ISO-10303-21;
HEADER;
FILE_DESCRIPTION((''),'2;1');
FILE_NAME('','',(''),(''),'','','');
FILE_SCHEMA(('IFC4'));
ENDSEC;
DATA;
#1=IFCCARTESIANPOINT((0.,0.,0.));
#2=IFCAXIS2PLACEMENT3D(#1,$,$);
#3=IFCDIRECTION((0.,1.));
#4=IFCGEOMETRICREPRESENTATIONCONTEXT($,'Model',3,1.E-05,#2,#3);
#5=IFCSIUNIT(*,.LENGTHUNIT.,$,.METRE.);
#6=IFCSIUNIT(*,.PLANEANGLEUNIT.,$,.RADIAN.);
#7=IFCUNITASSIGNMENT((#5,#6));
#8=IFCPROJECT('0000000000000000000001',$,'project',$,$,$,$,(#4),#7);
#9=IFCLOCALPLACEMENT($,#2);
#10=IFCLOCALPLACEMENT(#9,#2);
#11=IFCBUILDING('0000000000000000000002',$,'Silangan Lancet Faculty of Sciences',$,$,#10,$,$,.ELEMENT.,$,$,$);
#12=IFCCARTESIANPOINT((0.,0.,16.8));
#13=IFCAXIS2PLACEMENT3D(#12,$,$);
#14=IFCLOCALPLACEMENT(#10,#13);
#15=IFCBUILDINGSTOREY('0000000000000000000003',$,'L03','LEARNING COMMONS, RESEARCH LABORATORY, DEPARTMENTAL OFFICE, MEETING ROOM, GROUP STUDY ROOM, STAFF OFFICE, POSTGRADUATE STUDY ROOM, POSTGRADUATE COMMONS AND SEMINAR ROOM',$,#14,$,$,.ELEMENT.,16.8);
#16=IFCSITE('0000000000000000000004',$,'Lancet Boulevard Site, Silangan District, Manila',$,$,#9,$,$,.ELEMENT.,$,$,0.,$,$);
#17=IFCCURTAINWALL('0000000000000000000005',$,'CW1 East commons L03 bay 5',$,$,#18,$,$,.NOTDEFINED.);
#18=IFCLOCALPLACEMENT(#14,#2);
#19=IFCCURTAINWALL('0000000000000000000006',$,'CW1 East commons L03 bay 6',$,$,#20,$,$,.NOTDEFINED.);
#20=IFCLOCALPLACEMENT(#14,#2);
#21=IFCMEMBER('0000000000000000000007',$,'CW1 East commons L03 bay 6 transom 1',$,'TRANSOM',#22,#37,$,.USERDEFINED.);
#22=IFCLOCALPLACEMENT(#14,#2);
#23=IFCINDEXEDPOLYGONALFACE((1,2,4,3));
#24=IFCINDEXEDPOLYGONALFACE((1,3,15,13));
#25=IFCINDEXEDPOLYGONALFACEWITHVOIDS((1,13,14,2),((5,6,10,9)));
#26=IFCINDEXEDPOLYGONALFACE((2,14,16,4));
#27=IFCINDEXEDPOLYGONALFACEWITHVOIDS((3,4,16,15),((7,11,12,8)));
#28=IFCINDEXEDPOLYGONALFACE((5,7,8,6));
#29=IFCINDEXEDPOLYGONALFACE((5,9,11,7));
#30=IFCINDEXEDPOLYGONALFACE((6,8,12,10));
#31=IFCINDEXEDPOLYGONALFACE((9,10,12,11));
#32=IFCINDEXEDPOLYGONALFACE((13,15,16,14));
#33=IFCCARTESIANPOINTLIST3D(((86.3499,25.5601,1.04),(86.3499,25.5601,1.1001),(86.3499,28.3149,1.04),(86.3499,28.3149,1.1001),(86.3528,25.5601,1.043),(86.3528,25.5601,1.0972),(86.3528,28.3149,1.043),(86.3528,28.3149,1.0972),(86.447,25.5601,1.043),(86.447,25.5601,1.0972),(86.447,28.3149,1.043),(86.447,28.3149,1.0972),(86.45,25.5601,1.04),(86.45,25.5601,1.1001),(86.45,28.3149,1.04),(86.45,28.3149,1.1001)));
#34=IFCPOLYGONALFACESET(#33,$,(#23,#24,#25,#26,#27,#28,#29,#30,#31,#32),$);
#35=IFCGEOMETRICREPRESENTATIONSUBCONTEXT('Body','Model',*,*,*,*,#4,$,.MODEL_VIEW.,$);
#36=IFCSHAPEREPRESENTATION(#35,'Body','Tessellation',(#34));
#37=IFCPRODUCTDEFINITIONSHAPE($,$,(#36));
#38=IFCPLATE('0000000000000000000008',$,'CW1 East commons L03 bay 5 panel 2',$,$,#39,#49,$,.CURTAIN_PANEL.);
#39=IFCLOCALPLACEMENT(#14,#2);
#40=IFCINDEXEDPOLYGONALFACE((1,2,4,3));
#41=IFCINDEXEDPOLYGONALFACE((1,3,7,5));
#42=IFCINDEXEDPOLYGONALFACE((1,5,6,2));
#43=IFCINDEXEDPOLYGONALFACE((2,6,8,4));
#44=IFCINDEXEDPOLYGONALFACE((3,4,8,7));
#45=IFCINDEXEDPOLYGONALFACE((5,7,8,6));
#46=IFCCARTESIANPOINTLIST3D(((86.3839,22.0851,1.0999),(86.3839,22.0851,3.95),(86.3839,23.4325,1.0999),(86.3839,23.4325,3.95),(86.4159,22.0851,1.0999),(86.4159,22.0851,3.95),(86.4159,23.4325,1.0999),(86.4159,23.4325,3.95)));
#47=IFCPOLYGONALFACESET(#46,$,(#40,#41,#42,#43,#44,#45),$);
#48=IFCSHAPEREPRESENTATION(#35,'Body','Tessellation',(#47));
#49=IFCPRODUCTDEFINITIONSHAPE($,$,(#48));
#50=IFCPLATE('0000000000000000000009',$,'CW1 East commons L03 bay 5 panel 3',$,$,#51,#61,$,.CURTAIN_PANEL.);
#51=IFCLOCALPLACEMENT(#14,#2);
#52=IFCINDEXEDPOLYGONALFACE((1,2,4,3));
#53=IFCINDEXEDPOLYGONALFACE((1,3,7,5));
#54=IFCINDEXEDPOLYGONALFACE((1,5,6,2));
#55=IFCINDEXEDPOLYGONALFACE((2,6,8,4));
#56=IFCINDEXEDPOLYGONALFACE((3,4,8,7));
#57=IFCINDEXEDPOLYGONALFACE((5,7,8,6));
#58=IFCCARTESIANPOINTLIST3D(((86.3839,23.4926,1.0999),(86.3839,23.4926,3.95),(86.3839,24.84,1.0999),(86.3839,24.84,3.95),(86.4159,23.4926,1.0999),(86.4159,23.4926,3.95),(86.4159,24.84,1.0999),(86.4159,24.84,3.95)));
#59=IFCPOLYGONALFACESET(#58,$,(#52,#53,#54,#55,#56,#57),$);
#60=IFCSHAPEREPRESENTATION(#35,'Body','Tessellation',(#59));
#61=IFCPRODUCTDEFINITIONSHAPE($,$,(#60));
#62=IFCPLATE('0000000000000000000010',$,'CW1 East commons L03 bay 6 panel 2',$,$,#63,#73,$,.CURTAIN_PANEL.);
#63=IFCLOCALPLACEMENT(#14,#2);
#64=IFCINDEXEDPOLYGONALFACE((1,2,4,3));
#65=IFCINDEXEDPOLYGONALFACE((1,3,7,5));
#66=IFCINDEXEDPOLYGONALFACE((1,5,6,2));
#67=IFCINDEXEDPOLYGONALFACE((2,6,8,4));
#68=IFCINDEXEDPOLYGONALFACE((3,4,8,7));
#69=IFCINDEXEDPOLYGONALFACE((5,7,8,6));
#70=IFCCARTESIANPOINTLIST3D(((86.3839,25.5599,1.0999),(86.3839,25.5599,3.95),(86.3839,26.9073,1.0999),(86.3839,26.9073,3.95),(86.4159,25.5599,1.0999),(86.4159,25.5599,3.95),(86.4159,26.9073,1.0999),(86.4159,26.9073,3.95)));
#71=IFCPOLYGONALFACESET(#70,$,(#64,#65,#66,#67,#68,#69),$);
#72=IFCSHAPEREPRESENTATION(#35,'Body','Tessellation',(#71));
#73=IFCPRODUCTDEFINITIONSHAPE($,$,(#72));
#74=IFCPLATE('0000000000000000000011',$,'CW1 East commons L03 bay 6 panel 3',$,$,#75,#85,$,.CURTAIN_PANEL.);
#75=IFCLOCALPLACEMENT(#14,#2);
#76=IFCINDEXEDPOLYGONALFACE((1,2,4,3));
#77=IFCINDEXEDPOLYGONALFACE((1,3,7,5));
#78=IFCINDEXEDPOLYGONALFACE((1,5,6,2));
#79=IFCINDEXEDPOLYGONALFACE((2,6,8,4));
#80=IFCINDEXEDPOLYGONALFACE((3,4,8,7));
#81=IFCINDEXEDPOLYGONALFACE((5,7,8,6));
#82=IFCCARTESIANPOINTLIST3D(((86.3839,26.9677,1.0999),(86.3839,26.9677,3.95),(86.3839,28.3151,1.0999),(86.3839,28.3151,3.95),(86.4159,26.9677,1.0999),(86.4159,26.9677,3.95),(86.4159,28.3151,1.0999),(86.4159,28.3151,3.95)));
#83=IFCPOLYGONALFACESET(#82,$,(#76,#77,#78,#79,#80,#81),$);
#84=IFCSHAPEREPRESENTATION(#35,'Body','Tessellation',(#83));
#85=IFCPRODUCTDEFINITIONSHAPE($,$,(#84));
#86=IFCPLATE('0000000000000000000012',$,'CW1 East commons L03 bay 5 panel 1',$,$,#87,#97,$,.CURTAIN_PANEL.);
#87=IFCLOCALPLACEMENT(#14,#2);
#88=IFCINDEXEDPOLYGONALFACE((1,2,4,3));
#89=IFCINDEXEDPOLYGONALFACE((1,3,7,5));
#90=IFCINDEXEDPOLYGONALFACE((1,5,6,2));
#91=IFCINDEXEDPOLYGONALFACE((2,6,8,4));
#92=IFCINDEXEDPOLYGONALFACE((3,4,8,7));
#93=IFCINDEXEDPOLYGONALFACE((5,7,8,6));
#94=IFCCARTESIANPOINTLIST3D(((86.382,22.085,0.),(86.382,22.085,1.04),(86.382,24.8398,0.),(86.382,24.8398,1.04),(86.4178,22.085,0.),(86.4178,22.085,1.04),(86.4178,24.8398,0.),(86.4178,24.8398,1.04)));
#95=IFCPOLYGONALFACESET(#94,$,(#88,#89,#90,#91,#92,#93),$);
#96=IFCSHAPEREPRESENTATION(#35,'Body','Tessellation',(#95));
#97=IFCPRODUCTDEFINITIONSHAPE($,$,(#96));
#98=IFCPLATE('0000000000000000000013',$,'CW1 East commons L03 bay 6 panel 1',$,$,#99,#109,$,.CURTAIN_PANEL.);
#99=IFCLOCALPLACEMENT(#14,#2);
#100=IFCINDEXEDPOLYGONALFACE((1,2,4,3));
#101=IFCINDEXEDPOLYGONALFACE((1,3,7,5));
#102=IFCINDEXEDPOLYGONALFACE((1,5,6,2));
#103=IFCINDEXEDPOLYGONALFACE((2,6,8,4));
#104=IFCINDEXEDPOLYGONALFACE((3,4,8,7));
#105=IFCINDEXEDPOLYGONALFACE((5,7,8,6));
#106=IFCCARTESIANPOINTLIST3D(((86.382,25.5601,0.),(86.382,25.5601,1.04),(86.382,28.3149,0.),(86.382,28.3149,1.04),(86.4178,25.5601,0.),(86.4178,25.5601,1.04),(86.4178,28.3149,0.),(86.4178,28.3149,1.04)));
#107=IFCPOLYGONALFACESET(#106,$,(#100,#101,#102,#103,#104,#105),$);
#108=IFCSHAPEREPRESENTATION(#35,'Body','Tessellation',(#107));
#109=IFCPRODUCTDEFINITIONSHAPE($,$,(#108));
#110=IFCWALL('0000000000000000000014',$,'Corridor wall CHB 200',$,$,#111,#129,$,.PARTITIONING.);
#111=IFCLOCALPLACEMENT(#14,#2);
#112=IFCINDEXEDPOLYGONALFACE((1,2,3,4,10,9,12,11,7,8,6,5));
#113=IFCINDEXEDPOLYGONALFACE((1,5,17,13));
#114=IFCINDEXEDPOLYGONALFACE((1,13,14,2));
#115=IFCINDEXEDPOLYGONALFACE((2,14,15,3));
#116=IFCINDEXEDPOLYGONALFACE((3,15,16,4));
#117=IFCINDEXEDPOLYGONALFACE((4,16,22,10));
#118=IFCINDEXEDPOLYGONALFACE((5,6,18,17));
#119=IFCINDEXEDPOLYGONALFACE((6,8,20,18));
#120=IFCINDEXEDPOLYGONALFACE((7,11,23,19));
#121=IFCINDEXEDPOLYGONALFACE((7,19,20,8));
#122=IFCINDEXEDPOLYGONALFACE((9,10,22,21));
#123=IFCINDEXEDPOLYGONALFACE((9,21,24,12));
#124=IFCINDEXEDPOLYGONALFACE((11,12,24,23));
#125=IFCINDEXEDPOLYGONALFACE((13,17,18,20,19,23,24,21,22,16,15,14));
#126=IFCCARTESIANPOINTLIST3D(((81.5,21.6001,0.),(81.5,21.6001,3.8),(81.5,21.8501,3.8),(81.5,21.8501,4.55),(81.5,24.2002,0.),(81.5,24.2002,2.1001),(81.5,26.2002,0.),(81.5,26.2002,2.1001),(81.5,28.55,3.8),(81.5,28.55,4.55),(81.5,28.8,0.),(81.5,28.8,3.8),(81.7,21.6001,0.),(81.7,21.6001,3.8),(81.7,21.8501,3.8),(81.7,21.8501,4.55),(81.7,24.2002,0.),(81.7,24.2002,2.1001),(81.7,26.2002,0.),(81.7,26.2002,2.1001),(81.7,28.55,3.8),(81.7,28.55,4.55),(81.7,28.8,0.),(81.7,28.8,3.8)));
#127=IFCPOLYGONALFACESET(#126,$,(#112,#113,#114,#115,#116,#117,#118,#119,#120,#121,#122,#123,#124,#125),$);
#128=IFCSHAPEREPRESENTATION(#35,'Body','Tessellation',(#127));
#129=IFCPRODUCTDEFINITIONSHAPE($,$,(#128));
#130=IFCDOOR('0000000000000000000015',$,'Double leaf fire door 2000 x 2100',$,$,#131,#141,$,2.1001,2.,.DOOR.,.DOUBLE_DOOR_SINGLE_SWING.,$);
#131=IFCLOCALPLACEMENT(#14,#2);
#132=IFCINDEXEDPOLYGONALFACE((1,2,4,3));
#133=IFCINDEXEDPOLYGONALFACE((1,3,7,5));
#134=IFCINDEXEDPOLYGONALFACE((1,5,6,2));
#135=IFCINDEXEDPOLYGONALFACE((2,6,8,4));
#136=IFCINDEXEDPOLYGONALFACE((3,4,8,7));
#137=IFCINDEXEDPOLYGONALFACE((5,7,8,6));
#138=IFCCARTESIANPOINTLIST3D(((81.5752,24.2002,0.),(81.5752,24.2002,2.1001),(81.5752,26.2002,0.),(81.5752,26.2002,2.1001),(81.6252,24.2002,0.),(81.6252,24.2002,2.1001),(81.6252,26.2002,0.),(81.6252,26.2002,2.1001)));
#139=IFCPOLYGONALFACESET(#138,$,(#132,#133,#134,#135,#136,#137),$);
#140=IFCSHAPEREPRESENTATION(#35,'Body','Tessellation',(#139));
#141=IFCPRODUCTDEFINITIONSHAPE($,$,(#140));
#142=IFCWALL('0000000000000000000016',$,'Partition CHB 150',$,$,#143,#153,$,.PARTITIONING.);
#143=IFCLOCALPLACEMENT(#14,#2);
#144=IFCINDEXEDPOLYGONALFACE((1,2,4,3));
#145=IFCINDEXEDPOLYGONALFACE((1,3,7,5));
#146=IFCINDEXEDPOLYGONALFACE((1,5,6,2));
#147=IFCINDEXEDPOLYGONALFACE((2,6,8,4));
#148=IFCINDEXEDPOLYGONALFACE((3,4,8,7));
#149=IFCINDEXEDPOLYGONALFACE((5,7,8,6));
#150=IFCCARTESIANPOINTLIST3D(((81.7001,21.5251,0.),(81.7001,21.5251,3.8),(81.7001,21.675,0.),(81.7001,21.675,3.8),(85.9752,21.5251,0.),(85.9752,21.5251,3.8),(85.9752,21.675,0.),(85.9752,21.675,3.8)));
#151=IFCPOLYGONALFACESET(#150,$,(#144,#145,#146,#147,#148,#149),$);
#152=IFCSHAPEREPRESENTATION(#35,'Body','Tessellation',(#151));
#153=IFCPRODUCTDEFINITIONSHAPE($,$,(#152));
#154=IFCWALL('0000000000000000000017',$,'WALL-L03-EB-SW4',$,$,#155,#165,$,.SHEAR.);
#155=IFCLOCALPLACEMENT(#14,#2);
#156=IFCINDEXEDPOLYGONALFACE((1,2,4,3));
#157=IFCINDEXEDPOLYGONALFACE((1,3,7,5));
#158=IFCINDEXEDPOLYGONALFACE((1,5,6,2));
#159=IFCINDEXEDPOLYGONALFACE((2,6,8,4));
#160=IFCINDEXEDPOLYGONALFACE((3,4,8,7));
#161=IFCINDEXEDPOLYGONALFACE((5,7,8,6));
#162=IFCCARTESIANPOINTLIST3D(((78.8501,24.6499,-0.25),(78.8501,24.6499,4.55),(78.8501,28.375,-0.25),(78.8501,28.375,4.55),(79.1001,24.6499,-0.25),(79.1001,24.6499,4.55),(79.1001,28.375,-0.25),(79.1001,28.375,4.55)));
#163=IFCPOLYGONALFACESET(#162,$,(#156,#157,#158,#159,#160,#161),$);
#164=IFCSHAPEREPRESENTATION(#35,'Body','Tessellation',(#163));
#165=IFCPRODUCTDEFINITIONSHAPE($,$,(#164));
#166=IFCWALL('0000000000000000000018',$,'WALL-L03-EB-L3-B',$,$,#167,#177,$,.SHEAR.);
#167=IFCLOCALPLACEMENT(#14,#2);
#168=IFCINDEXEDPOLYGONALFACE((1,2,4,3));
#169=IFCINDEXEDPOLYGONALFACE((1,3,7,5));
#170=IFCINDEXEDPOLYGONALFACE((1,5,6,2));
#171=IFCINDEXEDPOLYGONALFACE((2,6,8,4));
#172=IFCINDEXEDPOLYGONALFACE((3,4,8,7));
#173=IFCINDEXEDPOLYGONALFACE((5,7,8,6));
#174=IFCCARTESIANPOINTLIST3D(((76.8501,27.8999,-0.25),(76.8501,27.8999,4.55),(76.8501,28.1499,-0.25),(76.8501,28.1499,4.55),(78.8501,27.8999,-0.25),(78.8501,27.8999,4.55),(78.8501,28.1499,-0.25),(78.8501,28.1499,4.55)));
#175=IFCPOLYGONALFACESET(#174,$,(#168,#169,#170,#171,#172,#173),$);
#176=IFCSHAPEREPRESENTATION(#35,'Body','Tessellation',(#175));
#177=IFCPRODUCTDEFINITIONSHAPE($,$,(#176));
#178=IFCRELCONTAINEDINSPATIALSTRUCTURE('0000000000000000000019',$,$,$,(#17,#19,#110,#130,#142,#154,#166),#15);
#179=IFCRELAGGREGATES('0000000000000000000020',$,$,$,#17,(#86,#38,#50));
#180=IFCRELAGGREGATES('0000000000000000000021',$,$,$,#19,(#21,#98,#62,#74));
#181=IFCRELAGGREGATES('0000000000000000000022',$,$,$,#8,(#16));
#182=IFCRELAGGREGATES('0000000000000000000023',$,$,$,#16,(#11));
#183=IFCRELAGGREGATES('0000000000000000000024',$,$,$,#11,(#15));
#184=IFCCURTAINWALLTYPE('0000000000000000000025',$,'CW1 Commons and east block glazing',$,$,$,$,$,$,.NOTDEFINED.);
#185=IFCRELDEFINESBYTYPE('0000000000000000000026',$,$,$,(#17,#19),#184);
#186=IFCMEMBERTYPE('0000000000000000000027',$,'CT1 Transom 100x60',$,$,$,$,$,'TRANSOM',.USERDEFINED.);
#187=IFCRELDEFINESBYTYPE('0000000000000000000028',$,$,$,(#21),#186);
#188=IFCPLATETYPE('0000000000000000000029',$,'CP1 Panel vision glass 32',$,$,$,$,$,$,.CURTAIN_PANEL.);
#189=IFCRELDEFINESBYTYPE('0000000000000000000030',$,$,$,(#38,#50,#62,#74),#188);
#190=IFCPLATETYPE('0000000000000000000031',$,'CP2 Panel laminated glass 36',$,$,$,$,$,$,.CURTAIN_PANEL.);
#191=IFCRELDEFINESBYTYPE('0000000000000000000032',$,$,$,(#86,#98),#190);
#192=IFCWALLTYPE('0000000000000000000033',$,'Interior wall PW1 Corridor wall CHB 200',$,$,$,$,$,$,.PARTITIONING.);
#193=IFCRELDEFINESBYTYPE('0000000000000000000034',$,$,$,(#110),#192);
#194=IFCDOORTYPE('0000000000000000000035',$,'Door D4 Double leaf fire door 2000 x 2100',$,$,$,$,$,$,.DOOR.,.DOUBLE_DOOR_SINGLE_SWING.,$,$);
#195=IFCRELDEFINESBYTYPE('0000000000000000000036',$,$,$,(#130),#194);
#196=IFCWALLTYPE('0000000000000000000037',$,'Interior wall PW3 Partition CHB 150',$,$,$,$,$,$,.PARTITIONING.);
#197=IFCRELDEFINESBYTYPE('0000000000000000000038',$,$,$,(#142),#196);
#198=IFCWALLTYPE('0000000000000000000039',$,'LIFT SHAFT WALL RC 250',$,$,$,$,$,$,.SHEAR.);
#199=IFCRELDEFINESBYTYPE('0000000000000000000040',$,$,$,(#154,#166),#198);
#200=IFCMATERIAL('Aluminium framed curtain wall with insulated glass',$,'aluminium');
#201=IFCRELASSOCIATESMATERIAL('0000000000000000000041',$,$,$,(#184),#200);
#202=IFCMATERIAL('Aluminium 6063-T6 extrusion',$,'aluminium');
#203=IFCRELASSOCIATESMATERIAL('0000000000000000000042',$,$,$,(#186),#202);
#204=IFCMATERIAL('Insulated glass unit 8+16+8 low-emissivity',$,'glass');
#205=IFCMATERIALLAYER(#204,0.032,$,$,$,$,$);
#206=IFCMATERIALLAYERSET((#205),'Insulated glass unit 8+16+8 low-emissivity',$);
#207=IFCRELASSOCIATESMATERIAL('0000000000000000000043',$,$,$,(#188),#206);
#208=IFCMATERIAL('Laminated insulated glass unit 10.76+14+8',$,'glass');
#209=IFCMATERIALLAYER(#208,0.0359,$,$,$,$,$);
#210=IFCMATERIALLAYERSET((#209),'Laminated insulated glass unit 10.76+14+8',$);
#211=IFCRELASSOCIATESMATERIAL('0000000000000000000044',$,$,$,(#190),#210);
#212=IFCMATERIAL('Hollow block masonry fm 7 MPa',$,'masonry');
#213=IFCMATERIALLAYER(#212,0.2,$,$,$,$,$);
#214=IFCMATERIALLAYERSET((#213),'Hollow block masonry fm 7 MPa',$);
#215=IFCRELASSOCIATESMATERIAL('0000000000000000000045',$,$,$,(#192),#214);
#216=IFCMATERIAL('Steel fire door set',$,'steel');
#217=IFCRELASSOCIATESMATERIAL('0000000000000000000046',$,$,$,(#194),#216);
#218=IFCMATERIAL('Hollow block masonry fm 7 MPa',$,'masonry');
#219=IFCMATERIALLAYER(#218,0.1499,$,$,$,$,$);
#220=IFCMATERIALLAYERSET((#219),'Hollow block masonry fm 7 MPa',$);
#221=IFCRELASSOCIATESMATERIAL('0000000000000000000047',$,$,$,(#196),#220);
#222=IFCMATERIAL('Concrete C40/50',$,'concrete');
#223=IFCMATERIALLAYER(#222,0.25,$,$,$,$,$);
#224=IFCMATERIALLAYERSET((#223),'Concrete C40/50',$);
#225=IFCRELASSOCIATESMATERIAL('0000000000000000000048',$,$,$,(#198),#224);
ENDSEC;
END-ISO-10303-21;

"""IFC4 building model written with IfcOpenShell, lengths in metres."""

from ifc_helpers import new_model, si_unit, direction, frame, frame_2d, origin, origin_2d, place, context, subcontext, project, spatial, polyline, rectangle, hollow_rectangle, outline, extrude, material, layer, layer_set, material_profile, profile_set, type_object, element, fill, aggregate, save


model = new_model("IFC4")

# Units and contexts
model_context = context("Model", 3, precision=1e-05, world=origin(), true_north=direction((0.0, 1.0)))
body_context = subcontext(model_context, "Body", "Model", "MODEL_VIEW")
ifc_project = project(units=[si_unit("LENGTHUNIT", "METRE"), si_unit("PLANEANGLEUNIT", "RADIAN")], contexts=[model_context])

# Site, building, storey
site_placement = place(None, origin())
site = spatial("IfcSite", under=ifc_project, at=site_placement, Name="Lancet Boulevard Site, Silangan District, Manila", CompositionType="ELEMENT", RefElevation=0.0)
building_placement = place(site_placement, origin())
building = spatial("IfcBuilding", under=site, at=building_placement, Name="Silangan Lancet Faculty of Sciences", CompositionType="ELEMENT")
storey_placement = place(building_placement, frame((0.0, 0.0, 16.8)))
storey = spatial("IfcBuildingStorey", under=building, at=storey_placement, Name="L03", Description="LEARNING COMMONS, RESEARCH LABORATORY, DEPARTMENTAL OFFICE, MEETING ROOM, GROUP STUDY ROOM, STAFF OFFICE, POSTGRADUATE STUDY ROOM, POSTGRADUATE COMMONS AND SEMINAR ROOM", CompositionType="ELEMENT", Elevation=16.8)

# Curtain walls
ifc_material_1 = material(Name="Aluminium framed curtain wall with insulated glass", Category="aluminium")
curtain_wall_type = type_object("IfcCurtainWallType", Name="CW1 Commons and east block glazing", PredefinedType="NOTDEFINED", material=ifc_material_1)
curtain_wall_1_placement = place(storey_placement, origin())
curtain_wall_1 = element("IfcCurtainWall", 1, at=curtain_wall_1_placement, inside=storey, type_object=curtain_wall_type, Name="CW1 East commons L03 bay 5", PredefinedType="NOTDEFINED")
curtain_wall_2_placement = place(storey_placement, origin())
curtain_wall_2 = element("IfcCurtainWall", 2, at=curtain_wall_2_placement, inside=storey, type_object=curtain_wall_type, Name="CW1 East commons L03 bay 6", PredefinedType="NOTDEFINED")

# Member
ifc_material_2 = material(Name="Aluminium 6063-T6 extrusion", Category="aluminium")
ifc_material_profile_1 = material_profile(ifc_material_2, hollow_rectangle(XDim=0.1001, YDim=0.0601, WallThickness=0.0029, at=origin_2d()), Name="AL BOX 100x60x3")
ifc_profile_set_1 = profile_set([ifc_material_profile_1], Name="Aluminium 6063-T6 extrusion")
member_type_1 = type_object("IfcMemberType", Name="CT1 Transom 100x60", ElementType="TRANSOM", PredefinedType="USERDEFINED", material=ifc_profile_set_1)
member_1_placement = place(storey_placement, frame((86.3999, 25.5601, 1.0701), z_axis=(0.0, 1.0, 0.0), x_axis=(-1.0, 0.0, 0.0)))
member_1 = element("IfcMember", 3, at=member_1_placement, type_object=member_type_1, Name="CW1 East commons L03 bay 6 transom 1", ObjectType="TRANSOM", PredefinedType="USERDEFINED", context=body_context, shape_type="SweptSolid", body=[
    extrude(hollow_rectangle(XDim=0.1001, YDim=0.0601, WallThickness=0.0029, at=origin_2d()), origin(), (0.0, 0.0, 1.0), 2.7549),
])

# Plates
ifc_material_3 = material(Name="Insulated glass unit 8+16+8 low-emissivity", Category="glass")
ifc_layer_1 = layer(ifc_material_3, 0.032)
ifc_layer_set_1 = layer_set([ifc_layer_1], Name="Insulated glass unit 8+16+8 low-emissivity")
plate_type_1 = type_object("IfcPlateType", Name="CP1 Panel vision glass 32", PredefinedType="CURTAIN_PANEL", material=ifc_layer_set_1)
plate_1_placement = place(storey_placement, frame((86.3999, 22.7588, 1.0999), z_axis=(0.0, 0.0, 1.0), x_axis=(0.0, 1.0, 0.0)))
plate_1 = element("IfcPlate", 4, at=plate_1_placement, type_object=plate_type_1, Name="CW1 East commons L03 bay 5 panel 2", PredefinedType="CURTAIN_PANEL", context=body_context, shape_type="SweptSolid", body=[
    extrude(rectangle(XDim=1.3474, YDim=0.032, at=origin_2d()), origin(), (0.0, 0.0, 1.0), 2.8501),
])
plate_2_placement = place(storey_placement, frame((86.3999, 24.1663, 1.0999), z_axis=(0.0, 0.0, 1.0), x_axis=(0.0, 1.0, 0.0)))
plate_2 = element("IfcPlate", 5, at=plate_2_placement, type_object=plate_type_1, Name="CW1 East commons L03 bay 5 panel 3", PredefinedType="CURTAIN_PANEL", context=body_context, shape_type="SweptSolid", body=[
    extrude(rectangle(XDim=1.3474, YDim=0.032, at=origin_2d()), origin(), (0.0, 0.0, 1.0), 2.8501),
])
plate_3_placement = place(storey_placement, frame((86.3999, 26.2336, 1.0999), z_axis=(0.0, 0.0, 1.0), x_axis=(0.0, 1.0, 0.0)))
plate_3 = element("IfcPlate", 6, at=plate_3_placement, type_object=plate_type_1, Name="CW1 East commons L03 bay 6 panel 2", PredefinedType="CURTAIN_PANEL", context=body_context, shape_type="SweptSolid", body=[
    extrude(rectangle(XDim=1.3474, YDim=0.032, at=origin_2d()), origin(), (0.0, 0.0, 1.0), 2.8501),
])
plate_4_placement = place(storey_placement, frame((86.3999, 27.6414, 1.0999), z_axis=(0.0, 0.0, 1.0), x_axis=(0.0, 1.0, 0.0)))
plate_4 = element("IfcPlate", 7, at=plate_4_placement, type_object=plate_type_1, Name="CW1 East commons L03 bay 6 panel 3", PredefinedType="CURTAIN_PANEL", context=body_context, shape_type="SweptSolid", body=[
    extrude(rectangle(XDim=1.3474, YDim=0.032, at=origin_2d()), origin(), (0.0, 0.0, 1.0), 2.8501),
])
ifc_material_4 = material(Name="Laminated insulated glass unit 10.76+14+8", Category="glass")
ifc_layer_2 = layer(ifc_material_4, 0.0359)
ifc_layer_set_2 = layer_set([ifc_layer_2], Name="Laminated insulated glass unit 10.76+14+8")
plate_type_2 = type_object("IfcPlateType", Name="CP2 Panel laminated glass 36", PredefinedType="CURTAIN_PANEL", material=ifc_layer_set_2)
plate_5_placement = place(storey_placement, frame((86.3999, 23.4624, 0.0), z_axis=(0.0, 0.0, 1.0), x_axis=(0.0, 1.0, 0.0)))
plate_5 = element("IfcPlate", 8, at=plate_5_placement, type_object=plate_type_2, Name="CW1 East commons L03 bay 5 panel 1", PredefinedType="CURTAIN_PANEL", context=body_context, shape_type="SweptSolid", body=[
    extrude(rectangle(XDim=2.7549, YDim=0.0359, at=origin_2d()), origin(), (0.0, 0.0, 1.0), 1.04),
])
aggregate(curtain_wall_1, [plate_5, plate_1, plate_2])
plate_6_placement = place(storey_placement, frame((86.3999, 26.9375, 0.0), z_axis=(0.0, 0.0, 1.0), x_axis=(0.0, 1.0, 0.0)))
plate_6 = element("IfcPlate", 9, at=plate_6_placement, type_object=plate_type_2, Name="CW1 East commons L03 bay 6 panel 1", PredefinedType="CURTAIN_PANEL", context=body_context, shape_type="SweptSolid", body=[
    extrude(rectangle(XDim=2.7549, YDim=0.0359, at=origin_2d()), origin(), (0.0, 0.0, 1.0), 1.04),
])
aggregate(curtain_wall_2, [member_1, plate_6, plate_3, plate_4])

# Wall, opening, door
ifc_material_5 = material(Name="Hollow block masonry fm 7 MPa", Category="masonry")
ifc_layer_3 = layer(ifc_material_5, 0.2)
ifc_layer_set_3 = layer_set([ifc_layer_3], Name="Hollow block masonry fm 7 MPa")
wall_type_1 = type_object("IfcWallType", Name="Interior wall PW1 Corridor wall CHB 200", PredefinedType="PARTITIONING", material=ifc_layer_set_3)
wall_1_placement = place(storey_placement, frame((81.6001, 21.6001, 0.0), z_axis=(0.0, 0.0, 1.0), x_axis=(0.0, 1.0, 0.0)))
wall_1 = element("IfcWall", 10, at=wall_1_placement, inside=storey, type_object=wall_type_1, Name="Corridor wall CHB 200", PredefinedType="PARTITIONING", context=body_context, shape_type="SweptSolid", body=[
    extrude(outline(polyline([(0.0, 0.0), (7.2, 0.0), (7.2, 3.8), (6.95, 3.8), (6.95, 4.55), (0.25, 4.55), (0.25, 3.8), (0.0, 3.8), (0.0, 0.0)])), frame((0.0, 0.1001, 0.0), z_axis=(0.0, -1.0, 0.0), x_axis=(1.0, 0.0, 0.0)), (0.0, 0.0, 1.0), 0.2),
])
opening_1_placement = place(wall_1_placement, frame((2.6001, 0.0, 0.0)))
opening_1 = element("IfcOpeningElement", 11, at=opening_1_placement, cuts=wall_1, PredefinedType="OPENING", context=body_context, shape_type="SweptSolid", body=[
    extrude(rectangle(XDim=2.0, YDim=2.1001, at=frame_2d((1.0, 1.05))), frame((0.0, 0.1099, 0.0), z_axis=(0.0, -1.0, 0.0), x_axis=(1.0, 0.0, 0.0)), (0.0, 0.0, 1.0), 0.22),
])
ifc_material_6 = material(Name="Steel fire door set", Category="steel")
door_type_1 = type_object("IfcDoorType", Name="Door D4 Double leaf fire door 2000 x 2100", OperationType="DOUBLE_DOOR_SINGLE_SWING", PredefinedType="DOOR", material=ifc_material_6)
door_1_placement = place(opening_1_placement, origin())
door_1 = element("IfcDoor", 12, at=door_1_placement, inside=storey, type_object=door_type_1, Name="Double leaf fire door 2000 x 2100", OperationType="DOUBLE_DOOR_SINGLE_SWING", OverallHeight=2.1001, OverallWidth=2.0, PredefinedType="DOOR", context=body_context, shape_type="SweptSolid", body=[
    extrude(rectangle(XDim=2.0, YDim=2.1001, at=frame_2d((1.0, 1.05))), frame((0.0, 0.0249, 0.0), z_axis=(0.0, -1.0, 0.0), x_axis=(1.0, 0.0, 0.0)), (0.0, 0.0, 1.0), 0.05),
])
fill(opening_1, door_1)

# Wall
ifc_material_7 = material(Name="Hollow block masonry fm 7 MPa", Category="masonry")
ifc_layer_4 = layer(ifc_material_7, 0.1499)
ifc_layer_set_4 = layer_set([ifc_layer_4], Name="Hollow block masonry fm 7 MPa")
wall_type_2 = type_object("IfcWallType", Name="Interior wall PW3 Partition CHB 150", PredefinedType="PARTITIONING", material=ifc_layer_set_4)
wall_2_placement = place(storey_placement, frame((81.7, 21.6001, 0.0), z_axis=(0.0, 0.0, 1.0), x_axis=(1.0, 0.0, 0.0)))
element("IfcWall", 13, at=wall_2_placement, inside=storey, type_object=wall_type_2, Name="Partition CHB 150", PredefinedType="PARTITIONING", context=body_context, shape_type="SweptSolid", body=[
    extrude(rectangle(XDim=4.2751, YDim=0.1499, at=frame_2d((2.1377, 0.0))), origin(), (0.0, 0.0, 1.0), 3.8),
])

# Walls
ifc_material_8 = material(Name="Concrete C40/50", Category="concrete")
ifc_layer_5 = layer(ifc_material_8, 0.25)
ifc_layer_set_5 = layer_set([ifc_layer_5], Name="Concrete C40/50")
wall_type_3 = type_object("IfcWallType", Name="LIFT SHAFT WALL RC 250", PredefinedType="SHEAR", material=ifc_layer_set_5)
wall_3_placement = place(storey_placement, frame((78.9751, 24.6499, -0.25), z_axis=(0.0, 0.0, 1.0), x_axis=(0.0, 1.0, 0.0)))
element("IfcWall", 14, at=wall_3_placement, inside=storey, type_object=wall_type_3, Name="WALL-L03-EB-SW4", PredefinedType="SHEAR", context=body_context, shape_type="SweptSolid", body=[
    extrude(rectangle(XDim=3.7251, YDim=0.25, at=frame_2d((1.8625, 0.0))), origin(), (0.0, 0.0, 1.0), 4.8),
])
wall_4_placement = place(storey_placement, frame((76.8501, 28.0249, -0.25), z_axis=(0.0, 0.0, 1.0), x_axis=(1.0, 0.0, 0.0)))
element("IfcWall", 15, at=wall_4_placement, inside=storey, type_object=wall_type_3, Name="WALL-L03-EB-L3-B", PredefinedType="SHEAR", context=body_context, shape_type="SweptSolid", body=[
    extrude(rectangle(XDim=2.0, YDim=0.25, at=frame_2d((1.0, 0.0))), origin(), (0.0, 0.0, 1.0), 4.8),
])

save(model, "model.ifc")
